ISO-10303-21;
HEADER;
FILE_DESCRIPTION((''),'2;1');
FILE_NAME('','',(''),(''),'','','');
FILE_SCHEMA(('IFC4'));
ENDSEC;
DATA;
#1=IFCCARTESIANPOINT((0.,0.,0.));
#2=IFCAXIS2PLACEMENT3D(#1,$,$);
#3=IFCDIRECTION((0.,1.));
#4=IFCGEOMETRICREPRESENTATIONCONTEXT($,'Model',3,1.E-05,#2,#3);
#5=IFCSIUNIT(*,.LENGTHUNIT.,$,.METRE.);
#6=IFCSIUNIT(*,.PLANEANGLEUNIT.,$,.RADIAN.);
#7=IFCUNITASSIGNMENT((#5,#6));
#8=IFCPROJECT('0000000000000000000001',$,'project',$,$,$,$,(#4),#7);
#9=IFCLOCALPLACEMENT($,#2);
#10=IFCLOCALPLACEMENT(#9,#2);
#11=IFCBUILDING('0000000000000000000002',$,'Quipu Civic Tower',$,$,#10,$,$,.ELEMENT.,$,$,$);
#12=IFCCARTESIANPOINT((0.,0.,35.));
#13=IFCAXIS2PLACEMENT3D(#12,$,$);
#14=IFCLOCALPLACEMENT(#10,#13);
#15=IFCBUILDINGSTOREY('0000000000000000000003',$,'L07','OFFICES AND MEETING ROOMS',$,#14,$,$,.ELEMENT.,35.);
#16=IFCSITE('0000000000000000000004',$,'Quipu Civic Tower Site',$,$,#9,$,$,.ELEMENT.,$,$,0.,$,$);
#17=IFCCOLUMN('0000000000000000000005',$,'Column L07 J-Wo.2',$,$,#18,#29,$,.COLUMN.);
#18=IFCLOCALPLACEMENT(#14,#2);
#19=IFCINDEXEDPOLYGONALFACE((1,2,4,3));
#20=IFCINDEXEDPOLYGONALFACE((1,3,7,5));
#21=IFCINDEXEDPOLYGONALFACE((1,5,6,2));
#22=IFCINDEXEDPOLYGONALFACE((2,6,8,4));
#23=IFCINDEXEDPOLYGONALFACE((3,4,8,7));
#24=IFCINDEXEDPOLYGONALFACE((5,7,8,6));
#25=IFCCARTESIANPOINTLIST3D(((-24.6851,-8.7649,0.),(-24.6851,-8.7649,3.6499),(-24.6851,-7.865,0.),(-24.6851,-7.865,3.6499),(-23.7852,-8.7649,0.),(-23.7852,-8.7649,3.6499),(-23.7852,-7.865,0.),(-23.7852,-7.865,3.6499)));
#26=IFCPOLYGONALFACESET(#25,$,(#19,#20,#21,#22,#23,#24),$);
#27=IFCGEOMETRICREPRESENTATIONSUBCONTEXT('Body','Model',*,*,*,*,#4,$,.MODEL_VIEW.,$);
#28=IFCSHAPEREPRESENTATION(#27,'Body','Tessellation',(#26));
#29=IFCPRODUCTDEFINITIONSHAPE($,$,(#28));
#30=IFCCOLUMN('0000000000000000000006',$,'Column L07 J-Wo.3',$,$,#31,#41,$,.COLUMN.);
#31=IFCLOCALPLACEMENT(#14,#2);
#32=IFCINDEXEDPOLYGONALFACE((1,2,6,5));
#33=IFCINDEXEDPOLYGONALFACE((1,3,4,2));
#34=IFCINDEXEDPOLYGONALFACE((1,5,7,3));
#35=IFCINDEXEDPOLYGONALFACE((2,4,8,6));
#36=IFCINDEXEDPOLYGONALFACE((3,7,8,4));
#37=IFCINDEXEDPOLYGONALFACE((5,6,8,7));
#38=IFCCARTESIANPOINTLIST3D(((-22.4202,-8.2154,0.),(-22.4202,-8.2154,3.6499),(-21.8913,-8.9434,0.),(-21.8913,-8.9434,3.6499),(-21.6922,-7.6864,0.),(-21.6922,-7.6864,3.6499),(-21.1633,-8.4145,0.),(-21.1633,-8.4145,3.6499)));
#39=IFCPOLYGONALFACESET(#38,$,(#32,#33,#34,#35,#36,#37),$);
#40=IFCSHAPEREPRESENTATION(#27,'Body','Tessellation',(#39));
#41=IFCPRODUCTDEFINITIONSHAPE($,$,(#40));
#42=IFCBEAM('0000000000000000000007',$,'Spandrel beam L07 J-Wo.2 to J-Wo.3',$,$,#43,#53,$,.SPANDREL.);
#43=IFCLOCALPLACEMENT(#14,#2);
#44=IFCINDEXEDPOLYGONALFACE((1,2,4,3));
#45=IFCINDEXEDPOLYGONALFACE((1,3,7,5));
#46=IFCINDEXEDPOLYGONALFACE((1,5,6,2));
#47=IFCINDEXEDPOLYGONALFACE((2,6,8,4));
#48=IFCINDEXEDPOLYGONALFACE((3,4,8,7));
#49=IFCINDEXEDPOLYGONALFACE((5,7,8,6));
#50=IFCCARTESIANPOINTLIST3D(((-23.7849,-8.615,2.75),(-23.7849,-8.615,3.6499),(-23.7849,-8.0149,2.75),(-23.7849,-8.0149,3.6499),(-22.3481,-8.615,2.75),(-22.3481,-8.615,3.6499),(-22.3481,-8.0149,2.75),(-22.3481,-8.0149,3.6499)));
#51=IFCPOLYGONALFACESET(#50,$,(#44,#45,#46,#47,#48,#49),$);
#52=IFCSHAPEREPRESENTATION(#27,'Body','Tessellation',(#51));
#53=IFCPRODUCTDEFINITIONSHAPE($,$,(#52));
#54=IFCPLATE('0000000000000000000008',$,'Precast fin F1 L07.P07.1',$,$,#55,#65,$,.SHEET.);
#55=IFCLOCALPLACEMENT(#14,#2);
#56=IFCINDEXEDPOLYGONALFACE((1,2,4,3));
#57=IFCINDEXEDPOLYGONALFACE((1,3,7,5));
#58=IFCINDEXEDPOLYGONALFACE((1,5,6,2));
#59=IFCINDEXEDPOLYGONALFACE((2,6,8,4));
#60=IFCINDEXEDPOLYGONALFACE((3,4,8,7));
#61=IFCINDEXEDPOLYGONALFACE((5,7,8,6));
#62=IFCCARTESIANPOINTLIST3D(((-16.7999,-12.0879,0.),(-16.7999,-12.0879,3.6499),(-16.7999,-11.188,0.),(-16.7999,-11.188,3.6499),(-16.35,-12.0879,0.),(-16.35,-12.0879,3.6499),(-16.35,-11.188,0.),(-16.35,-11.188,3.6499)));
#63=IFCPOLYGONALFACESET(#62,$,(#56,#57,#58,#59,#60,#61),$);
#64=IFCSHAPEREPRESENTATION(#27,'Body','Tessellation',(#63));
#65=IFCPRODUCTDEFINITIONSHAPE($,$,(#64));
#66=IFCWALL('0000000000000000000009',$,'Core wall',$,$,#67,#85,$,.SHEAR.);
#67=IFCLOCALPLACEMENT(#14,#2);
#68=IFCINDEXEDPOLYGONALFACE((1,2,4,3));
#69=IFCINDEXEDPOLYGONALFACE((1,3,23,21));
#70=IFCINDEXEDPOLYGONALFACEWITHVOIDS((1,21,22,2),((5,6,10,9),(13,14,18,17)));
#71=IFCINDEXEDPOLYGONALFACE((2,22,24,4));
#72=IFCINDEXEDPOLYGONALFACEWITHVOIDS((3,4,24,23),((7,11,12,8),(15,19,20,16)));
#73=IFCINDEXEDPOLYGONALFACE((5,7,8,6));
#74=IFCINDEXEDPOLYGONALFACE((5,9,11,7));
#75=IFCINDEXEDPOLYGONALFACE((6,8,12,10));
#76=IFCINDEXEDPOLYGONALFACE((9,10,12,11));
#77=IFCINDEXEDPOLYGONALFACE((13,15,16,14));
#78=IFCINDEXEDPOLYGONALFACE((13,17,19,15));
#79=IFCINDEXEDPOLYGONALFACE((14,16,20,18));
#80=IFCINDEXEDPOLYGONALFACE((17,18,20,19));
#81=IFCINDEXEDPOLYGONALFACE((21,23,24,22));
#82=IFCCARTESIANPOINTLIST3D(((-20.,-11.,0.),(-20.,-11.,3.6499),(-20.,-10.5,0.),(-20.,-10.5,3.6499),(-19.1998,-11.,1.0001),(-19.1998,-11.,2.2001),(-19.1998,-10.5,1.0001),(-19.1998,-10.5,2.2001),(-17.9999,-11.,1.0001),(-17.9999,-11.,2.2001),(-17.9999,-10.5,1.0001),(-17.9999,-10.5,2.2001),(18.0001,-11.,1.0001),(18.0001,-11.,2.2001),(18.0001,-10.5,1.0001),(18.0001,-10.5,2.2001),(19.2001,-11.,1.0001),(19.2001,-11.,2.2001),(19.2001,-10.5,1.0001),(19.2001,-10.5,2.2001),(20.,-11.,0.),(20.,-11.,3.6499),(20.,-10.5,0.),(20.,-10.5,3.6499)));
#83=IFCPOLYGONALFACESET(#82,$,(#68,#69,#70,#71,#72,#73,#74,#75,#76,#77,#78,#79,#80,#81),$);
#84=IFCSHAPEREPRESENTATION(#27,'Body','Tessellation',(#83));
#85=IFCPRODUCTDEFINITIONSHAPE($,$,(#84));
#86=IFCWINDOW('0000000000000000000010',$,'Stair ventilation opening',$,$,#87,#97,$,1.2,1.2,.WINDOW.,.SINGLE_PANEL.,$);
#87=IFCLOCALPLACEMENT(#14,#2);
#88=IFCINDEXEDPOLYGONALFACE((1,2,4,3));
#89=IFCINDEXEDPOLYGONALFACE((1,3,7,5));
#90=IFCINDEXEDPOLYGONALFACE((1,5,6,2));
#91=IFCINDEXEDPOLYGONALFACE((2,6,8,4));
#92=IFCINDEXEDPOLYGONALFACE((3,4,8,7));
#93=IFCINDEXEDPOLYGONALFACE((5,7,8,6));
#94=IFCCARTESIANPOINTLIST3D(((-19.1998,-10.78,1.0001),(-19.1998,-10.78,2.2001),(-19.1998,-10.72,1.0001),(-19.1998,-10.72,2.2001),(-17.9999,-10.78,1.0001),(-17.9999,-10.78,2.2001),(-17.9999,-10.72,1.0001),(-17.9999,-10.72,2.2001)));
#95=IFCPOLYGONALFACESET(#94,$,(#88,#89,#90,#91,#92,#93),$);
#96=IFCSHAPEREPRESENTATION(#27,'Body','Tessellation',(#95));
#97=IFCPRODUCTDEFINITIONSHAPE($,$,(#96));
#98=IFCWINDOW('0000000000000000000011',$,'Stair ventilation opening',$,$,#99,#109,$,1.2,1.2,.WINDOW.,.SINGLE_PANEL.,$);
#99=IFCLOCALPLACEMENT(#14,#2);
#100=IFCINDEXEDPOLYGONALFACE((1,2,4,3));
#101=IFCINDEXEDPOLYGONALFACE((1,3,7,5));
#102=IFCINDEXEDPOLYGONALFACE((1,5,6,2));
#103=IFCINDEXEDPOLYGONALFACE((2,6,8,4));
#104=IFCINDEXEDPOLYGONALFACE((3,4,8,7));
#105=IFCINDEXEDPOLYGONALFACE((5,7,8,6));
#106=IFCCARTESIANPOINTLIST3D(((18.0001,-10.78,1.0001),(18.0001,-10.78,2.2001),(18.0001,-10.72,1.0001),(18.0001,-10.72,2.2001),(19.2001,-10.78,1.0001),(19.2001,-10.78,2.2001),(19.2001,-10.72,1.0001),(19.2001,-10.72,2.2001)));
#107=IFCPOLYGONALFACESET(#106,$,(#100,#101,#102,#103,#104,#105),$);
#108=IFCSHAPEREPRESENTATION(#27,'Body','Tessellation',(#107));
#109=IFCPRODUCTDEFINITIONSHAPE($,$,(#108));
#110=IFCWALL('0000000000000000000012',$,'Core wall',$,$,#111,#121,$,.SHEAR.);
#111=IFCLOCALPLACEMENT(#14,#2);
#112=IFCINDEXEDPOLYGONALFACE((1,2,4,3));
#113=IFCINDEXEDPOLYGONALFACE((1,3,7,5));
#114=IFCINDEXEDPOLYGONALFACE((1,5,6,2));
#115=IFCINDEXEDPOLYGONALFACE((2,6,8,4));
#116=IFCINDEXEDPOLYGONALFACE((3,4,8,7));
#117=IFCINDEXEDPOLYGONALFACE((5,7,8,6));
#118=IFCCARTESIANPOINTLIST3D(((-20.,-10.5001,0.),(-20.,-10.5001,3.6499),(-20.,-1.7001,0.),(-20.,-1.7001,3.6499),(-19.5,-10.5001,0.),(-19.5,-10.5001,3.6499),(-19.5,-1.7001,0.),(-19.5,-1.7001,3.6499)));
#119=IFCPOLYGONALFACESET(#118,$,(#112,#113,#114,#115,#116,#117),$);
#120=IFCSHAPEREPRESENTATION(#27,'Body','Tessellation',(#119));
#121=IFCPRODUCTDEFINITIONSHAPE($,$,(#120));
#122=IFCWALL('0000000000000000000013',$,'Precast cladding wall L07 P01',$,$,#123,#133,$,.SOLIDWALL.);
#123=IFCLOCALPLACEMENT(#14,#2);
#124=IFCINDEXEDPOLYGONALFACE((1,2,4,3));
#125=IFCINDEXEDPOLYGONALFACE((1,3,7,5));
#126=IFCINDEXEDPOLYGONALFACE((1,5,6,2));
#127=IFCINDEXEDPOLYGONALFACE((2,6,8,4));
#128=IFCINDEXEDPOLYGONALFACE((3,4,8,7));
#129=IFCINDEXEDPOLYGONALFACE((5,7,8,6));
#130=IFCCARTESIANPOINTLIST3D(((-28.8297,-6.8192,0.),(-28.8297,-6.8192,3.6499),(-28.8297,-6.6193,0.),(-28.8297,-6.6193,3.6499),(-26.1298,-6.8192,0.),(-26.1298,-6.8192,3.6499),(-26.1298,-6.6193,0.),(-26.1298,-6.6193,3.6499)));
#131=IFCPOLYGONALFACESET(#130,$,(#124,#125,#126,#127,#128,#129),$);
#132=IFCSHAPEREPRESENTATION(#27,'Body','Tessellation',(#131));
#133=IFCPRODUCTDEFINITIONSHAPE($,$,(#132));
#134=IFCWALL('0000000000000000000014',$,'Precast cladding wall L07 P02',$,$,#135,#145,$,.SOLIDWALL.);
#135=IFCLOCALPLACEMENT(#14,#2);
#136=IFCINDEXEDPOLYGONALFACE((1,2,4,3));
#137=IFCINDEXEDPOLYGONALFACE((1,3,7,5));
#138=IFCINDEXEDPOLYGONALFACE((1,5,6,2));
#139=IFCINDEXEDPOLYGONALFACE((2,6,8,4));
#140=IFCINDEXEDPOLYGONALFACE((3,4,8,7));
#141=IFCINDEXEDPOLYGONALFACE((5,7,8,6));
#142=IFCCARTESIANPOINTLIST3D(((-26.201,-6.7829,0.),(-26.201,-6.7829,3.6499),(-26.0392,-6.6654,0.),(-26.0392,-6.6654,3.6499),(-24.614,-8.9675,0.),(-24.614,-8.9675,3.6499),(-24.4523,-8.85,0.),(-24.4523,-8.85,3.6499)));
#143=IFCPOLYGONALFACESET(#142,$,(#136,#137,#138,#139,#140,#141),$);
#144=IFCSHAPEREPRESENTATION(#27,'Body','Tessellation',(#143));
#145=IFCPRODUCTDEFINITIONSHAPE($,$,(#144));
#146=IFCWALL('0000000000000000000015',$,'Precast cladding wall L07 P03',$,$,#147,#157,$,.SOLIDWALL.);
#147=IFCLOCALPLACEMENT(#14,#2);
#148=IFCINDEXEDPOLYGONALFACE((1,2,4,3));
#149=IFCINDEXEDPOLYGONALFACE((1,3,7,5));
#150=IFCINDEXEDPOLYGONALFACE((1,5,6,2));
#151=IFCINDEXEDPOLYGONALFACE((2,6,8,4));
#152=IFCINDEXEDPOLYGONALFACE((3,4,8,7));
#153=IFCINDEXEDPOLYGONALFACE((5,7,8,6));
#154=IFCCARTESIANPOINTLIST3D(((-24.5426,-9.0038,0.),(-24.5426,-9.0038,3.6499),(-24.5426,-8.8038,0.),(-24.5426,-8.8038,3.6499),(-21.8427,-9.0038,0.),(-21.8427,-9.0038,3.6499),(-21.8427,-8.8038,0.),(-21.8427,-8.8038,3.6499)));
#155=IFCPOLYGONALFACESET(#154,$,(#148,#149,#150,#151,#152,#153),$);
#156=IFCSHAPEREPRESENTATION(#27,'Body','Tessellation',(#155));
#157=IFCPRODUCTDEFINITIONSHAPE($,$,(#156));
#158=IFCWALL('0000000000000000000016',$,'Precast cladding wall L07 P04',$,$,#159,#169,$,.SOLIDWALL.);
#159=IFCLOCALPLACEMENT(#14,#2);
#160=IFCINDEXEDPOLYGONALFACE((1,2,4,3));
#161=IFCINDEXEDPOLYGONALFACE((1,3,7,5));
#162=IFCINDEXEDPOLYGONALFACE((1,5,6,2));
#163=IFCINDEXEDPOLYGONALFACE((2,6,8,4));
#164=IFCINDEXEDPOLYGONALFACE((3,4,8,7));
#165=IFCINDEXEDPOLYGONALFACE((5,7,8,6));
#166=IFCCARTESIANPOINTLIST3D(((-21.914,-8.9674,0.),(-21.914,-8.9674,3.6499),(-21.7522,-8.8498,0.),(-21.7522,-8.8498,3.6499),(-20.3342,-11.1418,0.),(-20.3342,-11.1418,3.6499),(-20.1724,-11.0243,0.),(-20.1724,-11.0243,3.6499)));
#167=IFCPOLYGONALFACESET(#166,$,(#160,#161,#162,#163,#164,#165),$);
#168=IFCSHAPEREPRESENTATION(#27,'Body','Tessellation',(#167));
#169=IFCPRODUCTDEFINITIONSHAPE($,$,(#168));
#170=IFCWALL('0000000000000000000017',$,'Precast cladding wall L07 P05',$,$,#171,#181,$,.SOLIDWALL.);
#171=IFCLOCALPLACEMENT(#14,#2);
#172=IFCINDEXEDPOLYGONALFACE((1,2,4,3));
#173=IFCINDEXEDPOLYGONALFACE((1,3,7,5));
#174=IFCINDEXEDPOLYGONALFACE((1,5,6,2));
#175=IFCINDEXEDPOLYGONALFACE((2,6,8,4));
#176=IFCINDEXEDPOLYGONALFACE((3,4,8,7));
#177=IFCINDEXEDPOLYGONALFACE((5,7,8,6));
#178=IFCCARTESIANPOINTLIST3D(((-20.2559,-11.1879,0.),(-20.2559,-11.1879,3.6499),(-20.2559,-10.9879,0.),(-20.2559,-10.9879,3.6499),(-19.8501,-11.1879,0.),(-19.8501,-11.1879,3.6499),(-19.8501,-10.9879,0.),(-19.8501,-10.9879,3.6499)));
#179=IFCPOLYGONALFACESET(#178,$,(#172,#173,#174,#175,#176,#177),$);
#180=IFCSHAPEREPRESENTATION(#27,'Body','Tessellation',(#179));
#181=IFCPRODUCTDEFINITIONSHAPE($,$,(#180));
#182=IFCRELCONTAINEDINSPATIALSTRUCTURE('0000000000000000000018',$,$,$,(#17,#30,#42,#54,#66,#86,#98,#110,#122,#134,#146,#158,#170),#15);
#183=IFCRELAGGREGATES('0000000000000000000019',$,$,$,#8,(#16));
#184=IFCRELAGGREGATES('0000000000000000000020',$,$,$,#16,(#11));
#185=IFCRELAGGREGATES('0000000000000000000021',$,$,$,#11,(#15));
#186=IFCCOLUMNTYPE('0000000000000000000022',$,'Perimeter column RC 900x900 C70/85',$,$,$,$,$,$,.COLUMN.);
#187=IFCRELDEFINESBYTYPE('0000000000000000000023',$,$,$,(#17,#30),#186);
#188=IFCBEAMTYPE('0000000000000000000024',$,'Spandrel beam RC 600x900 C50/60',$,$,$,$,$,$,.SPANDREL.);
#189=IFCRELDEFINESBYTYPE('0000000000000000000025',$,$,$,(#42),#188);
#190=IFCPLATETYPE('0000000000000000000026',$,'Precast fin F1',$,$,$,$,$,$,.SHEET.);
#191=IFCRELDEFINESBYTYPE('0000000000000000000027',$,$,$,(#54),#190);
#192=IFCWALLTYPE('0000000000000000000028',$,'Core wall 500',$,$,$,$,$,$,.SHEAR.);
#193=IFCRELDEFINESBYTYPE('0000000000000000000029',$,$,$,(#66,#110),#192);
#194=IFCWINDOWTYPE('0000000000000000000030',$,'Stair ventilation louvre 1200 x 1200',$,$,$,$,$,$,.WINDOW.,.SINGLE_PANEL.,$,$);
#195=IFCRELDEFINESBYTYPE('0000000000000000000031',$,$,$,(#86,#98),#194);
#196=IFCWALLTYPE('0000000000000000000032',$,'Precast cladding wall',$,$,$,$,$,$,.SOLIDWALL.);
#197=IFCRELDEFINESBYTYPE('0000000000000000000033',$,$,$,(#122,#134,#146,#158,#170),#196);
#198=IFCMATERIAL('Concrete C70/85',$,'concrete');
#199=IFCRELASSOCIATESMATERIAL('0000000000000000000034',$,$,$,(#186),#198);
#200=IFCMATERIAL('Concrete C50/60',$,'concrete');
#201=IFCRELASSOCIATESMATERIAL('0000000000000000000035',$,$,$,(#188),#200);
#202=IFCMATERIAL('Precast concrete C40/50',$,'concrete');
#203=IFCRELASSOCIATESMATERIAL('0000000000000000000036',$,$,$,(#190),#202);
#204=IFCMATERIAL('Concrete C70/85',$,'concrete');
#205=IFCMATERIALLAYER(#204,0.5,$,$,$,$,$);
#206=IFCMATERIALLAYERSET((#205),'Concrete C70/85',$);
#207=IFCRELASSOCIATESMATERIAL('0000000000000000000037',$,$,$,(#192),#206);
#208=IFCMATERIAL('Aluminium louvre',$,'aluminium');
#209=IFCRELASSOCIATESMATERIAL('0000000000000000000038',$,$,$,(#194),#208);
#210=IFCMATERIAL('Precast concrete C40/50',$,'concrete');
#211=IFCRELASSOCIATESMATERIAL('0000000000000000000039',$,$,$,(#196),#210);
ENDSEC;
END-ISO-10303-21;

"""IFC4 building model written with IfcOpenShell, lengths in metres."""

from ifc_helpers import new_model, si_unit, direction, frame, frame_2d, origin, origin_2d, place, context, subcontext, project, spatial, rectangle, extrude, material, layer, layer_set, material_profile, profile_set, type_object, element, fill, save


model = new_model("IFC4")

# Units and contexts
model_context = context("Model", 3, precision=1e-05, world=origin(), true_north=direction((0.0, 1.0)))
body_context = subcontext(model_context, "Body", "Model", "MODEL_VIEW")
ifc_project = project(units=[si_unit("LENGTHUNIT", "METRE"), si_unit("PLANEANGLEUNIT", "RADIAN")], contexts=[model_context])

# Site, building, storey
site_placement = place(None, origin())
site = spatial("IfcSite", under=ifc_project, at=site_placement, Name="Quipu Civic Tower Site", CompositionType="ELEMENT", RefElevation=0.0)
building_placement = place(site_placement, origin())
building = spatial("IfcBuilding", under=site, at=building_placement, Name="Quipu Civic Tower", CompositionType="ELEMENT")
storey_placement = place(building_placement, frame((0.0, 0.0, 35.0)))
storey = spatial("IfcBuildingStorey", under=building, at=storey_placement, Name="L07", Description="OFFICES AND MEETING ROOMS", CompositionType="ELEMENT", Elevation=35.0)

# Columns
ifc_material_1 = material(Name="Concrete C70/85", Category="concrete")
ifc_material_profile_1 = material_profile(ifc_material_1, rectangle(XDim=0.8999, YDim=0.8999, at=origin_2d()), Name="RC900x900")
ifc_profile_set_1 = profile_set([ifc_material_profile_1], Name="Concrete C70/85")
column_type = type_object("IfcColumnType", Name="Perimeter column RC 900x900 C70/85", PredefinedType="COLUMN", material=ifc_profile_set_1)
for number, where, z_axis, x_axis, name in (
    (1, (-24.2351, -8.3149, 0.0), (0.0, 0.0, 1.0), (1.0, 0.0, 0.0), "Column L07 J-Wo.2"),
    (2, (-21.7917, -8.3149, 0.0), (0.0, 0.0, 1.0), (0.587785, -0.809017, 0.0), "Column L07 J-Wo.3"),
):
    element("IfcColumn", number, at=place(storey_placement, frame(where, z_axis=z_axis, x_axis=x_axis)), inside=storey, type_object=column_type, Name=name, PredefinedType="COLUMN", context=body_context, shape_type="SweptSolid", body=[
        extrude(rectangle(XDim=0.8999, YDim=0.8999, at=origin_2d()), origin(), (0.0, 0.0, 1.0), 3.6499),
    ])

# Beam
ifc_material_2 = material(Name="Concrete C50/60", Category="concrete")
ifc_material_profile_2 = material_profile(ifc_material_2, rectangle(XDim=0.6001, YDim=0.8999, at=origin_2d()), Name="RC600x900")
ifc_profile_set_2 = profile_set([ifc_material_profile_2], Name="Concrete C50/60")
beam_type = type_object("IfcBeamType", Name="Spandrel beam RC 600x900 C50/60", PredefinedType="SPANDREL", material=ifc_profile_set_2)
beam_placement = place(storey_placement, frame((-23.7849, -8.3149, 3.2), z_axis=(1.0, 0.0, 0.0), x_axis=(0.0, 1.0, 0.0)))
element("IfcBeam", 3, at=beam_placement, inside=storey, type_object=beam_type, Name="Spandrel beam L07 J-Wo.2 to J-Wo.3", PredefinedType="SPANDREL", context=body_context, shape_type="SweptSolid", body=[
    extrude(rectangle(XDim=0.6001, YDim=0.8999, at=origin_2d()), origin(), (0.0, 0.0, 1.0), 1.4368),
])

# Plate
ifc_material_3 = material(Name="Precast concrete C40/50", Category="concrete")
plate_type = type_object("IfcPlateType", Name="Precast fin F1", PredefinedType="SHEET", material=ifc_material_3)
plate_placement = place(storey_placement, frame((-16.575, -11.6379, 0.0), z_axis=(0.0, 0.0, 1.0), x_axis=(1.0, 0.0, 0.0)))
element("IfcPlate", 4, at=plate_placement, inside=storey, type_object=plate_type, Name="Precast fin F1 L07.P07.1", PredefinedType="SHEET", context=body_context, shape_type="SweptSolid", body=[
    extrude(rectangle(XDim=0.45, YDim=0.8999, at=origin_2d()), origin(), (0.0, 0.0, 1.0), 3.6499),
])

# Wall, openings, windows
ifc_material_4 = material(Name="Concrete C70/85", Category="concrete")
ifc_layer = layer(ifc_material_4, 0.5)
ifc_layer_set = layer_set([ifc_layer], Name="Concrete C70/85")
wall_type_1 = type_object("IfcWallType", Name="Core wall 500", PredefinedType="SHEAR", material=ifc_layer_set)
wall_1_placement = place(storey_placement, frame((-20.0, -10.75, 0.0), z_axis=(0.0, 0.0, 1.0), x_axis=(1.0, 0.0, 0.0)))
wall_1 = element("IfcWall", 5, at=wall_1_placement, inside=storey, type_object=wall_type_1, Name="Core wall", PredefinedType="SHEAR", context=body_context, shape_type="SweptSolid", body=[
    extrude(rectangle(XDim=40.0, YDim=0.5, at=frame_2d((20.0, 0.0))), origin(), (0.0, 0.0, 1.0), 3.6499),
])
opening_1_placement = place(wall_1_placement, frame((0.8, 0.0, 1.0)))
opening_1 = element("IfcOpeningElement", 6, at=opening_1_placement, cuts=wall_1, PredefinedType="OPENING", context=body_context, shape_type="SweptSolid", body=[
    extrude(rectangle(XDim=1.2, YDim=1.2, at=frame_2d((0.6001, 0.6001))), frame((0.0, 0.26, 0.0), z_axis=(0.0, -1.0, 0.0), x_axis=(1.0, 0.0, 0.0)), (0.0, 0.0, 1.0), 0.52),
])
opening_2_placement = place(wall_1_placement, frame((38.0, 0.0, 1.0)))
opening_2 = element("IfcOpeningElement", 7, at=opening_2_placement, cuts=wall_1, PredefinedType="OPENING", context=body_context, shape_type="SweptSolid", body=[
    extrude(rectangle(XDim=1.2, YDim=1.2, at=frame_2d((0.6001, 0.6001))), frame((0.0, 0.26, 0.0), z_axis=(0.0, -1.0, 0.0), x_axis=(1.0, 0.0, 0.0)), (0.0, 0.0, 1.0), 0.52),
])
ifc_material_5 = material(Name="Aluminium louvre", Category="aluminium")
window_type = type_object("IfcWindowType", Name="Stair ventilation louvre 1200 x 1200", PartitioningType="SINGLE_PANEL", PredefinedType="WINDOW", material=ifc_material_5)
window_1_placement = place(opening_1_placement, origin())
window_1 = element("IfcWindow", 8, at=window_1_placement, inside=storey, type_object=window_type, Name="Stair ventilation opening", OverallHeight=1.2, OverallWidth=1.2, PartitioningType="SINGLE_PANEL", PredefinedType="WINDOW", context=body_context, shape_type="SweptSolid", body=[
    extrude(rectangle(XDim=1.2, YDim=1.2, at=frame_2d((0.6001, 0.6001))), frame((0.0, 0.03, 0.0), z_axis=(0.0, -1.0, 0.0), x_axis=(1.0, 0.0, 0.0)), (0.0, 0.0, 1.0), 0.0601),
])
fill(opening_1, window_1)
window_2_placement = place(opening_2_placement, origin())
window_2 = element("IfcWindow", 9, at=window_2_placement, inside=storey, type_object=window_type, Name="Stair ventilation opening", OverallHeight=1.2, OverallWidth=1.2, PartitioningType="SINGLE_PANEL", PredefinedType="WINDOW", context=body_context, shape_type="SweptSolid", body=[
    extrude(rectangle(XDim=1.2, YDim=1.2, at=frame_2d((0.6001, 0.6001))), frame((0.0, 0.03, 0.0), z_axis=(0.0, -1.0, 0.0), x_axis=(1.0, 0.0, 0.0)), (0.0, 0.0, 1.0), 0.0601),
])
fill(opening_2, window_2)

# Walls
wall_2_placement = place(storey_placement, frame((-19.75, -10.5, 0.0), z_axis=(0.0, 0.0, 1.0), x_axis=(0.0, 1.0, 0.0)))
element("IfcWall", 10, at=wall_2_placement, inside=storey, type_object=wall_type_1, Name="Core wall", PredefinedType="SHEAR", context=body_context, shape_type="SweptSolid", body=[
    extrude(rectangle(XDim=8.8, YDim=0.5, at=frame_2d((4.3999, 0.0))), origin(), (0.0, 0.0, 1.0), 3.6499),
])
ifc_material_6 = material(Name="Precast concrete C40/50", Category="concrete")
wall_type_2 = type_object("IfcWallType", Name="Precast cladding wall", PredefinedType="SOLIDWALL", material=ifc_material_6)
wall_3_placement = place(storey_placement, frame((-28.8298, -6.7192, 0.0), z_axis=(0.0, 0.0, 1.0), x_axis=(1.0, 0.0, 0.0)))
element("IfcWall", 11, at=wall_3_placement, inside=storey, type_object=wall_type_2, Name="Precast cladding wall L07 P01", PredefinedType="SOLIDWALL", context=body_context, shape_type="SweptSolid", body=[
    extrude(rectangle(XDim=2.7, YDim=0.2, at=frame_2d((1.3501, 0.0))), origin(), (0.0, 0.0, 1.0), 3.6499),
])
wall_4_placement = place(storey_placement, frame((-26.1201, -6.7241, 0.0), z_axis=(0.0, 0.0, 1.0), x_axis=(0.58772, -0.809064, 0.0)))
element("IfcWall", 12, at=wall_4_placement, inside=storey, type_object=wall_type_2, Name="Precast cladding wall L07 P02", PredefinedType="SOLIDWALL", context=body_context, shape_type="SweptSolid", body=[
    extrude(rectangle(XDim=2.7002, YDim=0.2, at=frame_2d((1.3501, 0.0))), origin(), (0.0, 0.0, 1.0), 3.6499),
])
wall_5_placement = place(storey_placement, frame((-24.5427, -8.9038, 0.0), z_axis=(0.0, 0.0, 1.0), x_axis=(1.0, 0.0, 0.0)))
element("IfcWall", 13, at=wall_5_placement, inside=storey, type_object=wall_type_2, Name="Precast cladding wall L07 P03", PredefinedType="SOLIDWALL", context=body_context, shape_type="SweptSolid", body=[
    extrude(rectangle(XDim=2.7, YDim=0.2, at=frame_2d((1.3501, 0.0))), origin(), (0.0, 0.0, 1.0), 3.6499),
])
wall_6_placement = place(storey_placement, frame((-21.833, -8.9087, 0.0), z_axis=(0.0, 0.0, 1.0), x_axis=(0.587767, -0.809031, 0.0)))
element("IfcWall", 14, at=wall_6_placement, inside=storey, type_object=wall_type_2, Name="Precast cladding wall L07 P04", PredefinedType="SOLIDWALL", context=body_context, shape_type="SweptSolid", body=[
    extrude(rectangle(XDim=2.6877, YDim=0.2, at=frame_2d((1.3438, 0.0))), origin(), (0.0, 0.0, 1.0), 3.6499),
])
wall_7_placement = place(storey_placement, frame((-20.2559, -11.0879, 0.0), z_axis=(0.0, 0.0, 1.0), x_axis=(1.0, 0.0, 0.0)))
element("IfcWall", 15, at=wall_7_placement, inside=storey, type_object=wall_type_2, Name="Precast cladding wall L07 P05", PredefinedType="SOLIDWALL", context=body_context, shape_type="SweptSolid", body=[
    extrude(rectangle(XDim=0.4058, YDim=0.2, at=frame_2d((0.2029, 0.0))), origin(), (0.0, 0.0, 1.0), 3.6499),
])

save(model, "model.ifc")
